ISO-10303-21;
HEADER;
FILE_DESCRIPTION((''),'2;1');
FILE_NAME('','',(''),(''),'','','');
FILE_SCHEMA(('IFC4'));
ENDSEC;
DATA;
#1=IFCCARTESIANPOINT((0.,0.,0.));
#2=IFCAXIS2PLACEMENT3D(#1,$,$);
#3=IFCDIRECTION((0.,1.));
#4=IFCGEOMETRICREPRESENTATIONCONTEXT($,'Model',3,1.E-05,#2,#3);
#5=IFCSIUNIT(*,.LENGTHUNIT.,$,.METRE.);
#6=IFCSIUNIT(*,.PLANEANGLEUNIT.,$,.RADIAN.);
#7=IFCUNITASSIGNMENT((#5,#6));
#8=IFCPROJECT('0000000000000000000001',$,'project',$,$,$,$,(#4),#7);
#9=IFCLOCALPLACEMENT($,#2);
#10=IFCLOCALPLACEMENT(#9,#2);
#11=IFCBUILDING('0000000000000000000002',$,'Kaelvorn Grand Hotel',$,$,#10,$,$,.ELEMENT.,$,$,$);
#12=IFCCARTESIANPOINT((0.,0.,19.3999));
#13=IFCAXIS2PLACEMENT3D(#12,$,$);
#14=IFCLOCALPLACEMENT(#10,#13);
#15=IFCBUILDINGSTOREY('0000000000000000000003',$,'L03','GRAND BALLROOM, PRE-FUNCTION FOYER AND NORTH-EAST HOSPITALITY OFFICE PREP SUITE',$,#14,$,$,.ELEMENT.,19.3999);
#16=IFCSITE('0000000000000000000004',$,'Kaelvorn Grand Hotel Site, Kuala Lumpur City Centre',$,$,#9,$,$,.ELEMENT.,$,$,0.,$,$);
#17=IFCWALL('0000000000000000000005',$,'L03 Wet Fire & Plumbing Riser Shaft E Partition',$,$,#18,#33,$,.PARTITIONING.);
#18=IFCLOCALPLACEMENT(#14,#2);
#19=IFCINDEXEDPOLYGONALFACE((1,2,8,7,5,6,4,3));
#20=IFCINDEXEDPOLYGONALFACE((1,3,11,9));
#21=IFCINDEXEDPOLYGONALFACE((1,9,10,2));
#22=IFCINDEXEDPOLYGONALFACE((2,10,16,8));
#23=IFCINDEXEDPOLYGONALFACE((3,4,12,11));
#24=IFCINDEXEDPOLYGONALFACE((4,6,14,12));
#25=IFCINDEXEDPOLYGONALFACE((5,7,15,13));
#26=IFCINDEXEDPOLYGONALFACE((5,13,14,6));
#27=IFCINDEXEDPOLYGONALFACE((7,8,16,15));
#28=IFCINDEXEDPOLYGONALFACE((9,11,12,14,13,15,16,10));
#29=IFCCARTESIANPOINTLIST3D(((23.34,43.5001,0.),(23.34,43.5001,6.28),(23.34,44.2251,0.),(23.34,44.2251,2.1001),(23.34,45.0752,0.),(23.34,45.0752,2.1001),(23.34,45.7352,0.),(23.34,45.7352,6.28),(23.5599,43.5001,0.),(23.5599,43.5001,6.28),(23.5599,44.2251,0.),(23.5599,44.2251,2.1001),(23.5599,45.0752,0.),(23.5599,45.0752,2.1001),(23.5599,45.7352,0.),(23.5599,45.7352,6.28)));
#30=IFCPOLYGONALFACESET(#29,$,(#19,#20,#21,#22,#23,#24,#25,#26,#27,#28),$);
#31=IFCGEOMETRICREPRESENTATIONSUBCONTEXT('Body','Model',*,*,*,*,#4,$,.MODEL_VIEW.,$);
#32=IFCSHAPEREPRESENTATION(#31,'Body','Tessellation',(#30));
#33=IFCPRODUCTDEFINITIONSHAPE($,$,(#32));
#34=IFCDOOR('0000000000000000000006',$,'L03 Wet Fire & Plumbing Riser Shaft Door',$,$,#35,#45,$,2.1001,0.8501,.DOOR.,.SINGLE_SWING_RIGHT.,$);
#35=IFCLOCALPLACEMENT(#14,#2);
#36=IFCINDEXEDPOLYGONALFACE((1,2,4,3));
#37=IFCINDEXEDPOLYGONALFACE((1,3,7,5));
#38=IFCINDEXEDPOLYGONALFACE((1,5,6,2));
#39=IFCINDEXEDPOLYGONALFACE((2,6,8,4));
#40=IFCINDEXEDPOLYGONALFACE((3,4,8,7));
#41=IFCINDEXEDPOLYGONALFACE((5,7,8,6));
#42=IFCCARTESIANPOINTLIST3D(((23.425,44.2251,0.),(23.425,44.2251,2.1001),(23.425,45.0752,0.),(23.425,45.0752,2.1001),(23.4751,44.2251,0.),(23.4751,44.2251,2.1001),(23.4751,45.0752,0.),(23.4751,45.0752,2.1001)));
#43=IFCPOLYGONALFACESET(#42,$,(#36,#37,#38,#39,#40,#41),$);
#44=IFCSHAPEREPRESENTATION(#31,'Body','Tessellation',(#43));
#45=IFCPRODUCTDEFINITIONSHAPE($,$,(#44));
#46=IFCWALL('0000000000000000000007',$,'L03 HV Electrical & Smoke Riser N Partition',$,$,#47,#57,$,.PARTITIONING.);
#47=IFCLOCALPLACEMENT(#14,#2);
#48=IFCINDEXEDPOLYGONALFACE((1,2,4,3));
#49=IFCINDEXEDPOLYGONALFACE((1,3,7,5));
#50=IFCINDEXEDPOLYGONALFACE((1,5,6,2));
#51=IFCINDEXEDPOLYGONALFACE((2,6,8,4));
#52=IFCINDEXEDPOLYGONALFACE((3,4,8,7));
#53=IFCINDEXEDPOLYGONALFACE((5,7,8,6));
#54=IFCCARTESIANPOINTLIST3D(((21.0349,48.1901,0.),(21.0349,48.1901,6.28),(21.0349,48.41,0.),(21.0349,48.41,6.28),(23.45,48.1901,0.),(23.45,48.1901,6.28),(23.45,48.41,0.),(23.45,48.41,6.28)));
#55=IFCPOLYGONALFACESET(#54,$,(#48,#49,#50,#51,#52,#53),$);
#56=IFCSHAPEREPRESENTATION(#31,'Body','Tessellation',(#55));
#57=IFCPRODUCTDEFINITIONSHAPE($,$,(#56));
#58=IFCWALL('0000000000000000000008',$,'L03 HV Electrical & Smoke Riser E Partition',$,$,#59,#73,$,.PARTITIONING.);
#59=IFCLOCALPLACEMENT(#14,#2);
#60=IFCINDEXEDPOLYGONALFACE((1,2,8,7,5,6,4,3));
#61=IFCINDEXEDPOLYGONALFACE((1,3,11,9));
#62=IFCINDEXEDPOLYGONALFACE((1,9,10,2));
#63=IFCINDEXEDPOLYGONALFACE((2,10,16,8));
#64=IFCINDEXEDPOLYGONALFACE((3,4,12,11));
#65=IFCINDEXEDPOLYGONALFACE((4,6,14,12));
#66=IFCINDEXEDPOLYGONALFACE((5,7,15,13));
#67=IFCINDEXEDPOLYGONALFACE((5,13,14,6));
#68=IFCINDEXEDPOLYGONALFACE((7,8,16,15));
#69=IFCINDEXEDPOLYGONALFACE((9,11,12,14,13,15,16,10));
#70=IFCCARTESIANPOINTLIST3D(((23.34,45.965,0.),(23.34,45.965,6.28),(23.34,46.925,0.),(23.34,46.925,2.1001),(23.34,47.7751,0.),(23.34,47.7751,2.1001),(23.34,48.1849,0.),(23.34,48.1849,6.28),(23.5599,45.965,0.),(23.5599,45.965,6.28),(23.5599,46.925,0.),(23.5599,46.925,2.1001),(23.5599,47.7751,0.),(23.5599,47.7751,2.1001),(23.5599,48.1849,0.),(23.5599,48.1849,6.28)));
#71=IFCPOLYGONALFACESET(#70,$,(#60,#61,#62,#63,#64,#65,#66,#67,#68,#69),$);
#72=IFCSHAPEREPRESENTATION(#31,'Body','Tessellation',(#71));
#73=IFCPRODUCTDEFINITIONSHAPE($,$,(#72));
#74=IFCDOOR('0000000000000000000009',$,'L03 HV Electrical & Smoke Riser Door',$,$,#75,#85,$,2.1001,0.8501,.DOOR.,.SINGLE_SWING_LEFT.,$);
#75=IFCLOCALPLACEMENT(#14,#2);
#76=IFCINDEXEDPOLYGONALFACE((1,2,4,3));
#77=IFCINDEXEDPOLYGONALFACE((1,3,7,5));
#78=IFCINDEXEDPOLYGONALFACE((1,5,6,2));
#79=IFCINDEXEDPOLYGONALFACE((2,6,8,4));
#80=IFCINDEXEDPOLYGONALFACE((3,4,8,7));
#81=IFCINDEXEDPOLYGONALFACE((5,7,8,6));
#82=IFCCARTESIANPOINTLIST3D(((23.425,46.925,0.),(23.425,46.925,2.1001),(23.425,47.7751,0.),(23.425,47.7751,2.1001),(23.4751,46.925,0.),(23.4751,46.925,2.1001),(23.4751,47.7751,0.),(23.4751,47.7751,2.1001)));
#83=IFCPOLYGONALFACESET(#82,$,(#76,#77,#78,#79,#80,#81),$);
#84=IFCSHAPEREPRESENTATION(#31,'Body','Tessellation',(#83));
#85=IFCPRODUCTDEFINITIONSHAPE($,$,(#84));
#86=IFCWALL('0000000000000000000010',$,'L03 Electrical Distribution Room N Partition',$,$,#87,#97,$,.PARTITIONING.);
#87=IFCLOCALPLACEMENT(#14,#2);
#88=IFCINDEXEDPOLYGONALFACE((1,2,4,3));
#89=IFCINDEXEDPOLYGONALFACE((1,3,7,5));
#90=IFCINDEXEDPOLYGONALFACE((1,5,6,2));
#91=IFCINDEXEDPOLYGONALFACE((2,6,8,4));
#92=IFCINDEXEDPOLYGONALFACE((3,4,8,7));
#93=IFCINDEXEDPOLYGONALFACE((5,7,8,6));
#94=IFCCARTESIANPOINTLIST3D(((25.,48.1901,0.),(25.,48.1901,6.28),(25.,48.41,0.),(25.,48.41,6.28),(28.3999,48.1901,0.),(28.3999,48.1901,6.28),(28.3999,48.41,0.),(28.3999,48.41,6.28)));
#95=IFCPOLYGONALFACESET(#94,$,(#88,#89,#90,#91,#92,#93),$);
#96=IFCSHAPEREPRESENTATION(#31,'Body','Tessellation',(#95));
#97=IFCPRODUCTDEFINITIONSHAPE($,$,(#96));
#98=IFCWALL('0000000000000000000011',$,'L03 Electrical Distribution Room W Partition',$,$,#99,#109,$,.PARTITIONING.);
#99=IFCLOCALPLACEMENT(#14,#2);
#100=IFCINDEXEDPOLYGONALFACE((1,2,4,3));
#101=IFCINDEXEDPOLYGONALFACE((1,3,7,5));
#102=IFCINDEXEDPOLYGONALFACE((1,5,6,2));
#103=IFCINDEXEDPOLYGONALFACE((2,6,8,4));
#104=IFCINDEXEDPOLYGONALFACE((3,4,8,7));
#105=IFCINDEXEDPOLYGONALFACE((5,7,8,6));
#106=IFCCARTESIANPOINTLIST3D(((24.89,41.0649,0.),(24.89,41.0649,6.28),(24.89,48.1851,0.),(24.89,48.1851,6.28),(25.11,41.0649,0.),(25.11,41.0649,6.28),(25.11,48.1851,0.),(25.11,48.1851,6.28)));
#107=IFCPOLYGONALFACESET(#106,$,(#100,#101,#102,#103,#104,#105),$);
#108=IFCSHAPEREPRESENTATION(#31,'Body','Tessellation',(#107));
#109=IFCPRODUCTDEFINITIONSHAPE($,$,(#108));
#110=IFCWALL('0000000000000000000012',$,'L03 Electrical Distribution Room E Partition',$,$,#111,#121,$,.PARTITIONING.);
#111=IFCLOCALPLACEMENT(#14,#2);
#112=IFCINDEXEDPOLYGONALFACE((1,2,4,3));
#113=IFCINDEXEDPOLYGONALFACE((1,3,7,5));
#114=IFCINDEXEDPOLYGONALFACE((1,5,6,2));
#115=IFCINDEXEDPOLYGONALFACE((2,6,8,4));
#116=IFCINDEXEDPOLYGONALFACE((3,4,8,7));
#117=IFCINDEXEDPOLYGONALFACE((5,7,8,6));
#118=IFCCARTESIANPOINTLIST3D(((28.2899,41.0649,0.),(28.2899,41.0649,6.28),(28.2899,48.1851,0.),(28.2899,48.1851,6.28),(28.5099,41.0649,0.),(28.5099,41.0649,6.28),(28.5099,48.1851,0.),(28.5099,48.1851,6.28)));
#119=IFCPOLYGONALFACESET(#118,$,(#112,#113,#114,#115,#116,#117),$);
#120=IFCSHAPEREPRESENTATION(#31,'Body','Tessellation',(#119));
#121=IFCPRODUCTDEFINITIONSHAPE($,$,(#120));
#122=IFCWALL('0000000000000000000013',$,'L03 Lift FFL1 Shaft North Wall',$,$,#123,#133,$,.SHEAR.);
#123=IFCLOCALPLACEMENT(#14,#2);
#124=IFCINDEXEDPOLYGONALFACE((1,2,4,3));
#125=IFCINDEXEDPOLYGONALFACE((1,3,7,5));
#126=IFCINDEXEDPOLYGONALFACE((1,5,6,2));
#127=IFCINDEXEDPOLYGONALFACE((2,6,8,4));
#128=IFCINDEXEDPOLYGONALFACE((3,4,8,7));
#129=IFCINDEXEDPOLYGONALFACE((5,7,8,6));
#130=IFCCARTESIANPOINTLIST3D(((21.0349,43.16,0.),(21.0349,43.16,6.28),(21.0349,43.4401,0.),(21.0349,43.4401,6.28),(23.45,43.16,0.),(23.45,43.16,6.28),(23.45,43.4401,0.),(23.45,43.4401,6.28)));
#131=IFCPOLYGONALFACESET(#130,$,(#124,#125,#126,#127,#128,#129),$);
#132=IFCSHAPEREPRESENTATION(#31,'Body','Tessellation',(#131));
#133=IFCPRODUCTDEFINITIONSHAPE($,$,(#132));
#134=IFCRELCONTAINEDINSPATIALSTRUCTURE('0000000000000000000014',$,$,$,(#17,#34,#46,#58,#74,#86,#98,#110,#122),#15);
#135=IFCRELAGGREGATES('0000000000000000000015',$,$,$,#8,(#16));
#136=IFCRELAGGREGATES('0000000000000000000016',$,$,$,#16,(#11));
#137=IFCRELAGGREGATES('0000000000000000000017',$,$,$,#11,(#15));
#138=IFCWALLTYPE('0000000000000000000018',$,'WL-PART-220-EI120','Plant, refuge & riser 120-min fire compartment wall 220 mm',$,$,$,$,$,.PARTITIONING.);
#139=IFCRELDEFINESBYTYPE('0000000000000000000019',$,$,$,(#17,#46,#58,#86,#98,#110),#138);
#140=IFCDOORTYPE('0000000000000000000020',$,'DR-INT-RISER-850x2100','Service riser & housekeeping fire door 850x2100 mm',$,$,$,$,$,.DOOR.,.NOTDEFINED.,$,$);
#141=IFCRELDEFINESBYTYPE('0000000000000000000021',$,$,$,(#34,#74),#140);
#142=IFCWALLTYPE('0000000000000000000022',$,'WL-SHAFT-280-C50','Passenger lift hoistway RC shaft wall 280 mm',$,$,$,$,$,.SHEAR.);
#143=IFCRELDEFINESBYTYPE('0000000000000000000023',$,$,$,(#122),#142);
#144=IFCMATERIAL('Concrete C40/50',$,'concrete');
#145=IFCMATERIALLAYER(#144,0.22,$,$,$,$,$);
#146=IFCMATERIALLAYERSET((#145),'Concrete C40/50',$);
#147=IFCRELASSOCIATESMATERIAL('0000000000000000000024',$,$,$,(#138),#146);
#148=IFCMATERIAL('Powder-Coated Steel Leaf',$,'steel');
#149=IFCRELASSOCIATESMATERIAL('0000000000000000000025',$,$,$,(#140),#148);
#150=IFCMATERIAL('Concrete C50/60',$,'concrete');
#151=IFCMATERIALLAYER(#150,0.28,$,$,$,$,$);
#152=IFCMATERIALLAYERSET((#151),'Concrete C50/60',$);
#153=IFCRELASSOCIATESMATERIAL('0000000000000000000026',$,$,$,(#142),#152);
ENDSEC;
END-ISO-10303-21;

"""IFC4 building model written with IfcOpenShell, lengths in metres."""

from ifc_helpers import new_model, si_unit, direction, frame, frame_2d, origin, place, context, subcontext, project, spatial, rectangle, extrude, material, layer, layer_set, type_object, element, fill, save


model = new_model("IFC4")

# Units and contexts
model_context = context("Model", 3, precision=1e-05, world=origin(), true_north=direction((0.0, 1.0)))
body_context = subcontext(model_context, "Body", "Model", "MODEL_VIEW")
ifc_project = project(units=[si_unit("LENGTHUNIT", "METRE"), si_unit("PLANEANGLEUNIT", "RADIAN")], contexts=[model_context])

# Site, building, storey
site_placement = place(None, origin())
site = spatial("IfcSite", under=ifc_project, at=site_placement, Name="Kaelvorn Grand Hotel Site, Kuala Lumpur City Centre", CompositionType="ELEMENT", RefElevation=0.0)
building_placement = place(site_placement, origin())
building = spatial("IfcBuilding", under=site, at=building_placement, Name="Kaelvorn Grand Hotel", CompositionType="ELEMENT")
storey_placement = place(building_placement, frame((0.0, 0.0, 19.3999)))
storey = spatial("IfcBuildingStorey", under=building, at=storey_placement, Name="L03", Description="GRAND BALLROOM, PRE-FUNCTION FOYER AND NORTH-EAST HOSPITALITY OFFICE PREP SUITE", CompositionType="ELEMENT", Elevation=19.3999)

# Shared definitions
ifc_material_1 = material(Name="Concrete C50/60", Category="concrete")

# Shared definitions
ifc_material_2 = material(Name="Concrete C40/50", Category="concrete")
ifc_layer_1 = layer(ifc_material_2, 0.22)
ifc_layer_set_1 = layer_set([ifc_layer_1], Name="Concrete C40/50")
wall_type_1 = type_object("IfcWallType", Name="WL-PART-220-EI120", Description="Plant, refuge & riser 120-min fire compartment wall 220 mm", PredefinedType="PARTITIONING", material=ifc_layer_set_1)

# Wall, opening, door
wall_1_placement = place(storey_placement, frame((23.45, 43.5, 0.0), z_axis=(0.0, 0.0, 1.0), x_axis=(0.0, 1.0, 0.0)))
wall_1 = element("IfcWall", 1, at=wall_1_placement, inside=storey, type_object=wall_type_1, Name="L03 Wet Fire & Plumbing Riser Shaft E Partition", PredefinedType="PARTITIONING", context=body_context, shape_type="SweptSolid", body=[
    extrude(rectangle(XDim=2.2351, YDim=0.22, at=frame_2d((1.1177, 0.0))), origin(), (0.0, 0.0, 1.0), 6.28),
])
opening_1_placement = place(wall_1_placement, frame((0.7251, 0.0, 0.0)))
opening_1 = element("IfcOpeningElement", 2, at=opening_1_placement, cuts=wall_1, PredefinedType="OPENING", context=body_context, shape_type="SweptSolid", body=[
    extrude(rectangle(XDim=0.8501, YDim=2.1001, at=frame_2d((0.425, 1.05))), frame((0.0, 0.1201, 0.0), z_axis=(0.0, -1.0, 0.0), x_axis=(1.0, 0.0, 0.0)), (0.0, 0.0, 1.0), 0.24),
])
ifc_material_3 = material(Name="Powder-Coated Steel Leaf", Category="steel")
door_type_1 = type_object("IfcDoorType", Name="DR-INT-RISER-850x2100", Description="Service riser & housekeeping fire door 850x2100 mm", OperationType="NOTDEFINED", PredefinedType="DOOR", material=ifc_material_3)
door_1_placement = place(opening_1_placement, origin())
door_1 = element("IfcDoor", 3, at=door_1_placement, inside=storey, type_object=door_type_1, Name="L03 Wet Fire & Plumbing Riser Shaft Door", OperationType="SINGLE_SWING_RIGHT", OverallHeight=2.1001, OverallWidth=0.8501, PredefinedType="DOOR", context=body_context, shape_type="SweptSolid", body=[
    extrude(rectangle(XDim=0.8501, YDim=2.1001, at=frame_2d((0.425, 1.05))), frame((0.0, 0.0249, 0.0), z_axis=(0.0, -1.0, 0.0), x_axis=(1.0, 0.0, 0.0)), (0.0, 0.0, 1.0), 0.05),
])
fill(opening_1, door_1)

# Wall
wall_2_placement = place(storey_placement, frame((21.0349, 48.3, 0.0), z_axis=(0.0, 0.0, 1.0), x_axis=(1.0, 0.0, 0.0)))
element("IfcWall", 4, at=wall_2_placement, inside=storey, type_object=wall_type_1, Name="L03 HV Electrical & Smoke Riser N Partition", PredefinedType="PARTITIONING", context=body_context, shape_type="SweptSolid", body=[
    extrude(rectangle(XDim=2.415, YDim=0.22, at=frame_2d((1.2075, 0.0))), origin(), (0.0, 0.0, 1.0), 6.28),
])

# Wall, opening, door
wall_3_placement = place(storey_placement, frame((23.45, 45.9651, 0.0), z_axis=(0.0, 0.0, 1.0), x_axis=(0.0, 1.0, 0.0)))
wall_3 = element("IfcWall", 5, at=wall_3_placement, inside=storey, type_object=wall_type_1, Name="L03 HV Electrical & Smoke Riser E Partition", PredefinedType="PARTITIONING", context=body_context, shape_type="SweptSolid", body=[
    extrude(rectangle(XDim=2.22, YDim=0.22, at=frame_2d((1.1099, 0.0))), origin(), (0.0, 0.0, 1.0), 6.28),
])
opening_2_placement = place(wall_3_placement, frame((0.96, 0.0, 0.0)))
opening_2 = element("IfcOpeningElement", 6, at=opening_2_placement, cuts=wall_3, PredefinedType="OPENING", context=body_context, shape_type="SweptSolid", body=[
    extrude(rectangle(XDim=0.8501, YDim=2.1001, at=frame_2d((0.425, 1.05))), frame((0.0, 0.1201, 0.0), z_axis=(0.0, -1.0, 0.0), x_axis=(1.0, 0.0, 0.0)), (0.0, 0.0, 1.0), 0.24),
])
door_2_placement = place(opening_2_placement, origin())
door_2 = element("IfcDoor", 7, at=door_2_placement, inside=storey, type_object=door_type_1, Name="L03 HV Electrical & Smoke Riser Door", OperationType="SINGLE_SWING_LEFT", OverallHeight=2.1001, OverallWidth=0.8501, PredefinedType="DOOR", context=body_context, shape_type="SweptSolid", body=[
    extrude(rectangle(XDim=0.8501, YDim=2.1001, at=frame_2d((0.425, 1.05))), frame((0.0, 0.0249, 0.0), z_axis=(0.0, -1.0, 0.0), x_axis=(1.0, 0.0, 0.0)), (0.0, 0.0, 1.0), 0.05),
])
fill(opening_2, door_2)

# Walls
wall_4_placement = place(storey_placement, frame((25.0, 48.3, 0.0), z_axis=(0.0, 0.0, 1.0), x_axis=(1.0, 0.0, 0.0)))
element("IfcWall", 8, at=wall_4_placement, inside=storey, type_object=wall_type_1, Name="L03 Electrical Distribution Room N Partition", PredefinedType="PARTITIONING", context=body_context, shape_type="SweptSolid", body=[
    extrude(rectangle(XDim=3.3999, YDim=0.22, at=frame_2d((1.7, 0.0))), origin(), (0.0, 0.0, 1.0), 6.28),
])
for number, where, z_axis, x_axis, name in (
    (9, (25.0, 41.0649, 0.0), (0.0, 0.0, 1.0), (0.0, 1.0, 0.0), "L03 Electrical Distribution Room W Partition"),
    (10, (28.3999, 41.0649, 0.0), (0.0, 0.0, 1.0), (0.0, 1.0, 0.0), "L03 Electrical Distribution Room E Partition"),
):
    element("IfcWall", number, at=place(storey_placement, frame(where, z_axis=z_axis, x_axis=x_axis)), inside=storey, type_object=wall_type_1, Name=name, PredefinedType="PARTITIONING", context=body_context, shape_type="SweptSolid", body=[
        extrude(rectangle(XDim=7.1201, YDim=0.22, at=frame_2d((3.5601, 0.0))), origin(), (0.0, 0.0, 1.0), 6.28),
    ])
ifc_layer_2 = layer(ifc_material_1, 0.28)
ifc_layer_set_2 = layer_set([ifc_layer_2], Name="Concrete C50/60")
wall_type_2 = type_object("IfcWallType", Name="WL-SHAFT-280-C50", Description="Passenger lift hoistway RC shaft wall 280 mm", PredefinedType="SHEAR", material=ifc_layer_set_2)
wall_5_placement = place(storey_placement, frame((21.0349, 43.3, 0.0), z_axis=(0.0, 0.0, 1.0), x_axis=(1.0, 0.0, 0.0)))
element("IfcWall", 11, at=wall_5_placement, inside=storey, type_object=wall_type_2, Name="L03 Lift FFL1 Shaft North Wall", PredefinedType="SHEAR", context=body_context, shape_type="SweptSolid", body=[
    extrude(rectangle(XDim=2.415, YDim=0.28, at=frame_2d((1.2075, 0.0))), origin(), (0.0, 0.0, 1.0), 6.28),
])

save(model, "model.ifc")
